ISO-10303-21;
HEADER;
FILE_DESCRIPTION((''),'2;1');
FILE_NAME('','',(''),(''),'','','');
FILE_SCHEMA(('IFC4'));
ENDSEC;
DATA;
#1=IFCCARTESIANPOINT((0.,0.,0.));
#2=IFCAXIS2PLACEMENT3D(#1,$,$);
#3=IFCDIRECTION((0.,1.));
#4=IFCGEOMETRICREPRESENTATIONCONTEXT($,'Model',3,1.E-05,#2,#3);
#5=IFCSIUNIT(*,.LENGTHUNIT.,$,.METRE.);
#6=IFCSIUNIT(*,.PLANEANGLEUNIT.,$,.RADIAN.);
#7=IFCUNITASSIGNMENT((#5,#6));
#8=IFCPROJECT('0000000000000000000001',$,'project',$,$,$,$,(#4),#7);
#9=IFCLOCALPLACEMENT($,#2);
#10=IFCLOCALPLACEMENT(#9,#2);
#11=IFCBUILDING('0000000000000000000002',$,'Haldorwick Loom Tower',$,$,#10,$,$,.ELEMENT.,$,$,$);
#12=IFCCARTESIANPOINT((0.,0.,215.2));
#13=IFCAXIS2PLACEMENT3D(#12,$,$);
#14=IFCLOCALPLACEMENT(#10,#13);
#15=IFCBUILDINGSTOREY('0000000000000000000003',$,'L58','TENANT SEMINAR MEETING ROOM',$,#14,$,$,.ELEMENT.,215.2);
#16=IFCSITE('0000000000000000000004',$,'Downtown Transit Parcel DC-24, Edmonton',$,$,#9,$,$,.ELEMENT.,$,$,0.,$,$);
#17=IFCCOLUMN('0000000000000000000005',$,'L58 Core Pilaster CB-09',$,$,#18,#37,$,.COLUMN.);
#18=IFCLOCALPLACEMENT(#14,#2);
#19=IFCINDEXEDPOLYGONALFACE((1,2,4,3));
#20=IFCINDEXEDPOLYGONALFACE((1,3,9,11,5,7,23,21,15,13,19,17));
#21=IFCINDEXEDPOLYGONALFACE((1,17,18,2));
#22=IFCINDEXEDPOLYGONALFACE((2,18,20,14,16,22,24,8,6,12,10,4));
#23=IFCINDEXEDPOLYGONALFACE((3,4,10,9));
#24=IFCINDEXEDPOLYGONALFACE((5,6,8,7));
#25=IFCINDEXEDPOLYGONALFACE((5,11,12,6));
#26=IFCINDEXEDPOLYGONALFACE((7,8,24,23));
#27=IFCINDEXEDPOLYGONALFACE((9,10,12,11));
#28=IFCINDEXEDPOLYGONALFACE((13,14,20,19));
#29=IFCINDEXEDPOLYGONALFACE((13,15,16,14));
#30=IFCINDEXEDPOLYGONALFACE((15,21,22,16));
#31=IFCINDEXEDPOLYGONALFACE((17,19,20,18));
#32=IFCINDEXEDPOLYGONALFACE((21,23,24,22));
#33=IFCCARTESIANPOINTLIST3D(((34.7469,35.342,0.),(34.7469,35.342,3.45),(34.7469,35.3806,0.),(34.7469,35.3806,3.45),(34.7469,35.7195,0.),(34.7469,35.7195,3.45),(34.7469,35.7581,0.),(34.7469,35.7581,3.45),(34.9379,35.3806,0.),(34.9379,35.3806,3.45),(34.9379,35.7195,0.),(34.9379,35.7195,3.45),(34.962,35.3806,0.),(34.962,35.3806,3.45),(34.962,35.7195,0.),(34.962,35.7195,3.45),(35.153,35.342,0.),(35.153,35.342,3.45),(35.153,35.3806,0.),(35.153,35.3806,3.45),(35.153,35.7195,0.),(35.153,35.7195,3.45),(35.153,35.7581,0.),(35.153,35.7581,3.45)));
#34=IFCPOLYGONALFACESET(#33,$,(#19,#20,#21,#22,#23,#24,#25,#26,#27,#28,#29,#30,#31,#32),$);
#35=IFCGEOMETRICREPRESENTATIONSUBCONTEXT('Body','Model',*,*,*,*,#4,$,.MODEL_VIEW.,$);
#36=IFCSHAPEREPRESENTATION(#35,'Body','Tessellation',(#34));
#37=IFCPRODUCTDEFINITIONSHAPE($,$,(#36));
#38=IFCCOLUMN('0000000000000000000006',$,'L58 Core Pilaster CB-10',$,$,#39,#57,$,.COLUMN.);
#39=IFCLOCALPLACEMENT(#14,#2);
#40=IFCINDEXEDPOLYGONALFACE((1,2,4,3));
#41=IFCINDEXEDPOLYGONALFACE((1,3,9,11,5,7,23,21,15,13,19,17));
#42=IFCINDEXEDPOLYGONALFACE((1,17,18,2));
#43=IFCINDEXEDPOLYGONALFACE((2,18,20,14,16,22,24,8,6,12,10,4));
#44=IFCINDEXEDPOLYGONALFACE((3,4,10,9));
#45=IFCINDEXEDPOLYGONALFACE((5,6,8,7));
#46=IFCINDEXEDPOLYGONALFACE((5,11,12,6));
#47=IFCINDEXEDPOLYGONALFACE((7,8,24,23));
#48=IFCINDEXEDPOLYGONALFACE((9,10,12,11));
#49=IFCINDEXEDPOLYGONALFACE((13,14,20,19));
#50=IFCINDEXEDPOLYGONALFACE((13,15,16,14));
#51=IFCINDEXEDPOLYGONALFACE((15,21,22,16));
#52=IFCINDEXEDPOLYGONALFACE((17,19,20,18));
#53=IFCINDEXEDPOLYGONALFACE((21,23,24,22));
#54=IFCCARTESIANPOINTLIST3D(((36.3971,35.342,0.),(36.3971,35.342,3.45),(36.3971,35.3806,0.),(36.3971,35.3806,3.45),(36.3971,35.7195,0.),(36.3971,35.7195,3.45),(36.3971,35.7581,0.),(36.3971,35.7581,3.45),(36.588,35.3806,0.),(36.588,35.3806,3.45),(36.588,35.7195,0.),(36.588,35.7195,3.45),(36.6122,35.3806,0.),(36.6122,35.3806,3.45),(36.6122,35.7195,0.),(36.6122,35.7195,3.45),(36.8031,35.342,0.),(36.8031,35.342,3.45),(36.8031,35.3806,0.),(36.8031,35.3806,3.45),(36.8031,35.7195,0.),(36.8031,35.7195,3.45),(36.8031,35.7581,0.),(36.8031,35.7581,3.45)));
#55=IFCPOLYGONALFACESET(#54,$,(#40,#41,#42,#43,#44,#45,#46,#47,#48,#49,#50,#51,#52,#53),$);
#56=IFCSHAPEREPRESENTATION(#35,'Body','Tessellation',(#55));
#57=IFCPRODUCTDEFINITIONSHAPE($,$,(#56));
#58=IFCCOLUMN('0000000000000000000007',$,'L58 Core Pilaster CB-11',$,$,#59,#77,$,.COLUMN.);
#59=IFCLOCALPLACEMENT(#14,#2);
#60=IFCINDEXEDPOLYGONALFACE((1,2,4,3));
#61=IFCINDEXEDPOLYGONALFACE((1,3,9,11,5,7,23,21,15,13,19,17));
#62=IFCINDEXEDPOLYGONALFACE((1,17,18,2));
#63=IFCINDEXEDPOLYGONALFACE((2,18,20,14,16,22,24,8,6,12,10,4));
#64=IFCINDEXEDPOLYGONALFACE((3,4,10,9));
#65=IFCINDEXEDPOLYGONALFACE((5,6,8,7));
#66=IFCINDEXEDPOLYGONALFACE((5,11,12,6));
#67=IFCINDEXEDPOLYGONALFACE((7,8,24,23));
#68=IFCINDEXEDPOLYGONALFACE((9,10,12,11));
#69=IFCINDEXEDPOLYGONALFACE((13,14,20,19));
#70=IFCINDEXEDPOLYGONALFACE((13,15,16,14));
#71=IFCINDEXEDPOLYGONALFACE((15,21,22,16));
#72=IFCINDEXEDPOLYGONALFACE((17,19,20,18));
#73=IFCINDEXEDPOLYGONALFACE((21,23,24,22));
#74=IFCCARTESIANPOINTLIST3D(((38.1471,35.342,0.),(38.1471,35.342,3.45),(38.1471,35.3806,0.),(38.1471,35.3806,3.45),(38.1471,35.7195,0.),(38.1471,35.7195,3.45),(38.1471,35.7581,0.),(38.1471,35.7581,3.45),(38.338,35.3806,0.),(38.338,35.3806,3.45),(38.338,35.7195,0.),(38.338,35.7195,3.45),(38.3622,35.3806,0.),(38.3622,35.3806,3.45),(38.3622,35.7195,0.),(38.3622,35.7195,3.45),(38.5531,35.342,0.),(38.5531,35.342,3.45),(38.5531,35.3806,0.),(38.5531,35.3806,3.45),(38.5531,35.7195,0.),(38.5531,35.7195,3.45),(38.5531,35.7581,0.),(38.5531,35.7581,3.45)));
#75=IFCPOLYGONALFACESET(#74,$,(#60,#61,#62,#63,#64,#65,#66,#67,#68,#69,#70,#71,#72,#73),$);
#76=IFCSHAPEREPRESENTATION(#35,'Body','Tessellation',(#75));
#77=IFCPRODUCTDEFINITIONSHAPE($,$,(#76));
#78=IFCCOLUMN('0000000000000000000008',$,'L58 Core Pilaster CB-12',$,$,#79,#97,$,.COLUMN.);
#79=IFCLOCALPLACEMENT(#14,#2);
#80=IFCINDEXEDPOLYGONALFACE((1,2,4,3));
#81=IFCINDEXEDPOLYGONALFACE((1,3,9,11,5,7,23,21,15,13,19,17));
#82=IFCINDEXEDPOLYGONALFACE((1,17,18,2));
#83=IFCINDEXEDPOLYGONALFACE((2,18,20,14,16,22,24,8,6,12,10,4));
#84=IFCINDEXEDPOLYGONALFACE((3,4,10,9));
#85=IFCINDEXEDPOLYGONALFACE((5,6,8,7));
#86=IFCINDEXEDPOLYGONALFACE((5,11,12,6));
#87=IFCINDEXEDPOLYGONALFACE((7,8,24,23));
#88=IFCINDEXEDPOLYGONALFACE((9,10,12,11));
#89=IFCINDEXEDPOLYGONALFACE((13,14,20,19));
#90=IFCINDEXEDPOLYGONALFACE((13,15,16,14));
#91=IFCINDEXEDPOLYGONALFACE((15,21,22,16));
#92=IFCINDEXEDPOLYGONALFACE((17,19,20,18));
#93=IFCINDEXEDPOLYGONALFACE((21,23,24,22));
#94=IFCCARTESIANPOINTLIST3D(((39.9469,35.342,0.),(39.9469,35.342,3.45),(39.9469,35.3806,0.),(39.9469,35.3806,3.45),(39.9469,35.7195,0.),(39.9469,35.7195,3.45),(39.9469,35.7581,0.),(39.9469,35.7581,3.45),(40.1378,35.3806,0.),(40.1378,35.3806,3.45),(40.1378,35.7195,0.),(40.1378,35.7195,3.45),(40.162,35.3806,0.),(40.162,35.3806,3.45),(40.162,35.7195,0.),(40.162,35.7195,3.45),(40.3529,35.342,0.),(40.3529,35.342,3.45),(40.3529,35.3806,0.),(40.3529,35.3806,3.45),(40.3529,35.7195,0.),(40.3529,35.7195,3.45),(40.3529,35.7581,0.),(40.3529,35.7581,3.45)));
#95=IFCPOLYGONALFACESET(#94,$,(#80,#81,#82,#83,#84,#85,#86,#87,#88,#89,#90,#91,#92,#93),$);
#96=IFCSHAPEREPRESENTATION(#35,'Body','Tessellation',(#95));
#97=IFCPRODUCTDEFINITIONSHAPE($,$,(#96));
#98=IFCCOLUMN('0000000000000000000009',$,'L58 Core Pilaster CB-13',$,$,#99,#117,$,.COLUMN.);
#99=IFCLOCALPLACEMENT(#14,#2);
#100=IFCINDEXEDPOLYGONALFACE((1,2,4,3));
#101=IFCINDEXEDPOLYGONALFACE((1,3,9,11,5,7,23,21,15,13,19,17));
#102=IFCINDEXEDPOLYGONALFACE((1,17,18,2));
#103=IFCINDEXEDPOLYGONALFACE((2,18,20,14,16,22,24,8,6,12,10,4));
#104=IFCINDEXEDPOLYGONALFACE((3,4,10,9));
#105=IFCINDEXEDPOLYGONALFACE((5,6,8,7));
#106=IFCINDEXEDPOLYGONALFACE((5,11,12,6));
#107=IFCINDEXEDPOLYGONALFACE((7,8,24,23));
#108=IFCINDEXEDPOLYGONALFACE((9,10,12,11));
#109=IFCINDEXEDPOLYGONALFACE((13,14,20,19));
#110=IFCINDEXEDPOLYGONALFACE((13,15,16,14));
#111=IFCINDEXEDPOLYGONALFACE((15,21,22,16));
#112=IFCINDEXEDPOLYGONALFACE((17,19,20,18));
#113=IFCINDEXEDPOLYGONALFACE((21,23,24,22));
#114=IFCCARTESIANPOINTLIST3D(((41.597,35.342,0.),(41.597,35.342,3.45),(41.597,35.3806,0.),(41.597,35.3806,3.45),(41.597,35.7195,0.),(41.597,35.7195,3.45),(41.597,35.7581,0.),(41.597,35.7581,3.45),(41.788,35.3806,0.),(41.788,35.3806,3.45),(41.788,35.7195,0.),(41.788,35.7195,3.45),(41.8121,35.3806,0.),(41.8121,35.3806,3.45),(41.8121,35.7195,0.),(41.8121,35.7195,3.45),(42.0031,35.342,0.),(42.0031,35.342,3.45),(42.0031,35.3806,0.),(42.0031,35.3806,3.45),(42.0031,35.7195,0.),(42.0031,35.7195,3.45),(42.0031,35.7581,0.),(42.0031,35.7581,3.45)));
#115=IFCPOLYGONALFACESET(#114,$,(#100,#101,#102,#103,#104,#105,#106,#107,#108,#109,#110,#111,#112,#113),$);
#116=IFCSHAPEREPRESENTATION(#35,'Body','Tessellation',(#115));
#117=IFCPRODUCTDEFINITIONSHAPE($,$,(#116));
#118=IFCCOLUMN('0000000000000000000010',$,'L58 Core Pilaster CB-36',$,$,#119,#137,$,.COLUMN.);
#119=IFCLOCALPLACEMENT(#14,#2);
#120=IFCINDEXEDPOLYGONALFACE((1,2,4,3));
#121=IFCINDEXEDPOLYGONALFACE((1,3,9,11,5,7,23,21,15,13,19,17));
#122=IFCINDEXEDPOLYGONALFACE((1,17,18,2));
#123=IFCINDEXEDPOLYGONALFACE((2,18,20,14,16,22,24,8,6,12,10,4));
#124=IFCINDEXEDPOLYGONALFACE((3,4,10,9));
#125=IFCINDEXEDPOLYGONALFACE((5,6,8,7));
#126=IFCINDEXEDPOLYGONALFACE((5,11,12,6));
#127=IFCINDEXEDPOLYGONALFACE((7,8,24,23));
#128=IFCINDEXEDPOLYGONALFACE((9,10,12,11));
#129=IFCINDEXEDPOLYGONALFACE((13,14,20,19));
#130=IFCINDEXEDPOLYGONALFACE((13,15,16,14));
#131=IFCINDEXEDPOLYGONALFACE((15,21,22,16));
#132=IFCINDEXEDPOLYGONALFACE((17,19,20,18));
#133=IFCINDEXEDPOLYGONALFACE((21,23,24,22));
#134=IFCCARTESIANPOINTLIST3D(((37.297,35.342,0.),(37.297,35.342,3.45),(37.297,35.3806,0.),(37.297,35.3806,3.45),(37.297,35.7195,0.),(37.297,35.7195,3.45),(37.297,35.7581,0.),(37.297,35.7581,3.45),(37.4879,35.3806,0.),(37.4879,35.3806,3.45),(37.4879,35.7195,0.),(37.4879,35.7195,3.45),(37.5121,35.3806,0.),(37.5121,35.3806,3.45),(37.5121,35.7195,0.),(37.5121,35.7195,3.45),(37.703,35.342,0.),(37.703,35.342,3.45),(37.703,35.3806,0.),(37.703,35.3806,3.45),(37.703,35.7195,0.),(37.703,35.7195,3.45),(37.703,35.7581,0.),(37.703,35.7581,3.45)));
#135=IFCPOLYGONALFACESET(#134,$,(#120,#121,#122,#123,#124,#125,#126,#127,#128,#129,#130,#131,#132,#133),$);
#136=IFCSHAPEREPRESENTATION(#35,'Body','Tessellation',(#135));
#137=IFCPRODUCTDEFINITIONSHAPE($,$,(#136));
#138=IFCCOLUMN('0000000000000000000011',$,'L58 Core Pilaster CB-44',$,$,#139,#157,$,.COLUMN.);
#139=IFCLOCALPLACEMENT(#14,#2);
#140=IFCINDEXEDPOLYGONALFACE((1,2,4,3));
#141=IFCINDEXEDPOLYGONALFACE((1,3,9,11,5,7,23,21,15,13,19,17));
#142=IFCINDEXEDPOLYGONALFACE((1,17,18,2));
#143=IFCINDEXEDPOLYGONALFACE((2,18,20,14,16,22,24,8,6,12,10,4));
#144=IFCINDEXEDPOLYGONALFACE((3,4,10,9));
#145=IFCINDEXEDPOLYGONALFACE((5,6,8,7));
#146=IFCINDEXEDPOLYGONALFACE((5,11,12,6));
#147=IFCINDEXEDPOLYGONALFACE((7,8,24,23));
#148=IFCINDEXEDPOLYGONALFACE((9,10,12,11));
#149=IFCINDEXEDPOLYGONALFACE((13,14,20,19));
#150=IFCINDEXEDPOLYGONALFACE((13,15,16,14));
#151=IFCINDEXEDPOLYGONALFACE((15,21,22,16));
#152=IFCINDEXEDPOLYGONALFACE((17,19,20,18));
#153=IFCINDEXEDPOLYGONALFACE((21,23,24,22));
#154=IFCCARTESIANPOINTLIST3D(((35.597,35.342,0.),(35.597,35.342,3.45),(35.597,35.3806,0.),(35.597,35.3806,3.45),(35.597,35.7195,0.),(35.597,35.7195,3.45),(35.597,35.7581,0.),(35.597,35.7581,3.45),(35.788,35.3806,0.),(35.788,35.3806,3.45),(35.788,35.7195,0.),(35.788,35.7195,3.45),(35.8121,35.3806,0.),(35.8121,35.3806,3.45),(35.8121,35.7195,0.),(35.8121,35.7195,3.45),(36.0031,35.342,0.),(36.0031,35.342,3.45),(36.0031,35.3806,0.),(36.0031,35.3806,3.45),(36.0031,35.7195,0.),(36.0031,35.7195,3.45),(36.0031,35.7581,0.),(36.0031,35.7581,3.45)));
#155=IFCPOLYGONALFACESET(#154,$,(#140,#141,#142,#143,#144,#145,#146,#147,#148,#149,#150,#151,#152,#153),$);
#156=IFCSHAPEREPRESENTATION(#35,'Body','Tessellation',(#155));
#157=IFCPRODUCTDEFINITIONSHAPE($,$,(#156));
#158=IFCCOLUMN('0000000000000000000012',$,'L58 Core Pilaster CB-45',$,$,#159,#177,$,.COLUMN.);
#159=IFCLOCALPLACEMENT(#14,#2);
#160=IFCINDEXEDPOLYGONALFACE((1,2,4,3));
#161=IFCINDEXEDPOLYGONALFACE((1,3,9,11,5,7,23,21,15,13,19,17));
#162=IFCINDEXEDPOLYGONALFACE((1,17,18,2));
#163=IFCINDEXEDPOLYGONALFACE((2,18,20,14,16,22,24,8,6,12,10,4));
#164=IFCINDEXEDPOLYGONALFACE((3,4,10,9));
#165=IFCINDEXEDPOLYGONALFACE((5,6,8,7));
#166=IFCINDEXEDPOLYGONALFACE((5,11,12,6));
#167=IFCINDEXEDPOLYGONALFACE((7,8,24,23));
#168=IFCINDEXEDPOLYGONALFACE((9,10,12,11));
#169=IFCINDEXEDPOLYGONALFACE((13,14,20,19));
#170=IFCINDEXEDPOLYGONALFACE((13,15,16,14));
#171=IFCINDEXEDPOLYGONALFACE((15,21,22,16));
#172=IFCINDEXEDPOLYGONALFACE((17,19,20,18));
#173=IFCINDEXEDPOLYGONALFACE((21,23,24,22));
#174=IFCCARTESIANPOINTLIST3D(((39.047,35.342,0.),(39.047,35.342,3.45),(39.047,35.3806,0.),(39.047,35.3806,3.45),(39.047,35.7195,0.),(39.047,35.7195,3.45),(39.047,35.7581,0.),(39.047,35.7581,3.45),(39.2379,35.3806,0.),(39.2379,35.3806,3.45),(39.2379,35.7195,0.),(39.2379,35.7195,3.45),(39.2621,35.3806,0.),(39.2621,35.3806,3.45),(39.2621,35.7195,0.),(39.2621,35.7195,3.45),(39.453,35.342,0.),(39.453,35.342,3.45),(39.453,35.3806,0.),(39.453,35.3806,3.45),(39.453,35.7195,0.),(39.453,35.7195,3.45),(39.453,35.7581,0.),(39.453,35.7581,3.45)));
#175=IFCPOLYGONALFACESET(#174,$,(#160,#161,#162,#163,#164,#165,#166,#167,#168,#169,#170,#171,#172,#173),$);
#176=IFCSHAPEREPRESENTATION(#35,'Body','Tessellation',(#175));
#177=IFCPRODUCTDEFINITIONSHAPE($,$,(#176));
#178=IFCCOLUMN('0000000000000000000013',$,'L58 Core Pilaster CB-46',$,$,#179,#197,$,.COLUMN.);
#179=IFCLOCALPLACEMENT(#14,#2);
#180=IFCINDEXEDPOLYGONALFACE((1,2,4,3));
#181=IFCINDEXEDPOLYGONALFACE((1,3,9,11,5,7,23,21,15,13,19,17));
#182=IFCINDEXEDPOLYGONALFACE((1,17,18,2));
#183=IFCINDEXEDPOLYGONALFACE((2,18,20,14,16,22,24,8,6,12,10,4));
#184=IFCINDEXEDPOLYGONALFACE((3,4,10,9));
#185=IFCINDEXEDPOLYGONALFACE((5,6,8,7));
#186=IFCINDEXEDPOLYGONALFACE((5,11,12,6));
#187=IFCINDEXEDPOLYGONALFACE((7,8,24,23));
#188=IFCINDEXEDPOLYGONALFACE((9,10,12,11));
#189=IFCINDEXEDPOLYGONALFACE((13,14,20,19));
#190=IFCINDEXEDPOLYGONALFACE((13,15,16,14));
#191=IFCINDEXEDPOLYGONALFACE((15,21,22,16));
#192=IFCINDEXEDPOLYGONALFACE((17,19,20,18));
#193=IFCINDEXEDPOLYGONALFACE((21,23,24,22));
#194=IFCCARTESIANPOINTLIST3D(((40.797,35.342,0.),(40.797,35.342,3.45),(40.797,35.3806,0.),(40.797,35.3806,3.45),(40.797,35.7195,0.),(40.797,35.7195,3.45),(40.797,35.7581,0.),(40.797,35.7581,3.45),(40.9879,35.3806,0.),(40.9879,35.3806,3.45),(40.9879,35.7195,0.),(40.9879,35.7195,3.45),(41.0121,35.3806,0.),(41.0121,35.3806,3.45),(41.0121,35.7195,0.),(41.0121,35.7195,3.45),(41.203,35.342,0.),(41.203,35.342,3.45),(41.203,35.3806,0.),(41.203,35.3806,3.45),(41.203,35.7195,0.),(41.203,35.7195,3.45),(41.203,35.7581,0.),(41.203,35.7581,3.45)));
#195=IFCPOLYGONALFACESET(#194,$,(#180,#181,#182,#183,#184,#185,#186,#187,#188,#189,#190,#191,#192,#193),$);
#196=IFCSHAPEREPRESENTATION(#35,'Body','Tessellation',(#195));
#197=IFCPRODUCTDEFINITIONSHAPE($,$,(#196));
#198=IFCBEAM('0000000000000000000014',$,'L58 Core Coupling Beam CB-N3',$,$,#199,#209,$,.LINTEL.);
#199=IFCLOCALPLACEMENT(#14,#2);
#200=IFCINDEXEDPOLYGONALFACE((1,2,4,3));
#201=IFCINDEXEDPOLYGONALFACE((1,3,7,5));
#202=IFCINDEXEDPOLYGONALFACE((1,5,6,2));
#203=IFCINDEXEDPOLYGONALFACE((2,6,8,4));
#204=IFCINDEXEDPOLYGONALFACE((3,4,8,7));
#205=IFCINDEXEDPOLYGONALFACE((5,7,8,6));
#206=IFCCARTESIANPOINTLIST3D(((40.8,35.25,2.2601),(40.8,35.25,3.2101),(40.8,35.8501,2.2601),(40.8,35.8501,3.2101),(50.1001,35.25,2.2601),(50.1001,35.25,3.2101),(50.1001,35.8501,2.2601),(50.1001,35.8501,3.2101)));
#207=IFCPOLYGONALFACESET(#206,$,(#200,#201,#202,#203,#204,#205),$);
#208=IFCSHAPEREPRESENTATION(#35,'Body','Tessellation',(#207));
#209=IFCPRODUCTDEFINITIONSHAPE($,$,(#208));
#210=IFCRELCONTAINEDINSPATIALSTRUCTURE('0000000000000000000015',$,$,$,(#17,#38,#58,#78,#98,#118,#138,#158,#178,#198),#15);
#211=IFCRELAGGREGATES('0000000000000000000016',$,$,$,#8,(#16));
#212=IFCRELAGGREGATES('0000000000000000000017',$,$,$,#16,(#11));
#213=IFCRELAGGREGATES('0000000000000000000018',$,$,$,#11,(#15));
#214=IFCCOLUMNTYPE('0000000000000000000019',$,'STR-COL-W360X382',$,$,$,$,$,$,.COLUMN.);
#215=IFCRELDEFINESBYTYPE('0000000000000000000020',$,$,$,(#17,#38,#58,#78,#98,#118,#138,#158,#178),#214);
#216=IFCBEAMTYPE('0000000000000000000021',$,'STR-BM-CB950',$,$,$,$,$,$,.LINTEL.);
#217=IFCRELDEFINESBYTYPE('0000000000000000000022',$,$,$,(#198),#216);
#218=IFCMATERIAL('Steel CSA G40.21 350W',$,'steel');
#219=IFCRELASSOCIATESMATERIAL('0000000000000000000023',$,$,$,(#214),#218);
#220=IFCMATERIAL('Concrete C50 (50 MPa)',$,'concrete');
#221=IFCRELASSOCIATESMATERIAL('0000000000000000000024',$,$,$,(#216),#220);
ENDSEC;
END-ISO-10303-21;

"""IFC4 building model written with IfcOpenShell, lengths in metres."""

from ifc_helpers import new_model, si_unit, direction, frame, origin, origin_2d, place, context, subcontext, project, spatial, rectangle, i_section, extrude, material, material_profile, profile_set, type_object, element, save


model = new_model("IFC4")

# Units and contexts
model_context = context("Model", 3, precision=1e-05, world=origin(), true_north=direction((0.0, 1.0)))
body_context = subcontext(model_context, "Body", "Model", "MODEL_VIEW")
ifc_project = project(units=[si_unit("LENGTHUNIT", "METRE"), si_unit("PLANEANGLEUNIT", "RADIAN")], contexts=[model_context])

# Site, building, storey
site_placement = place(None, origin())
site = spatial("IfcSite", under=ifc_project, at=site_placement, Name="Downtown Transit Parcel DC-24, Edmonton", CompositionType="ELEMENT", RefElevation=0.0)
building_placement = place(site_placement, origin())
building = spatial("IfcBuilding", under=site, at=building_placement, Name="Haldorwick Loom Tower", CompositionType="ELEMENT")
storey_placement = place(building_placement, frame((0.0, 0.0, 215.2)))
storey = spatial("IfcBuildingStorey", under=building, at=storey_placement, Name="L58", Description="TENANT SEMINAR MEETING ROOM", CompositionType="ELEMENT", Elevation=215.2)

# Columns
ifc_material_1 = material(Name="Steel CSA G40.21 350W", Category="steel")
ifc_material_profile_1 = material_profile(ifc_material_1, i_section(OverallWidth=0.406, OverallDepth=0.416, WebThickness=0.0242, FlangeThickness=0.0386, at=origin_2d()), Name="W360X382", Category="steel")
ifc_profile_set_1 = profile_set([ifc_material_profile_1], Name="Steel CSA G40.21 350W")
column_type = type_object("IfcColumnType", Name="STR-COL-W360X382", PredefinedType="COLUMN", material=ifc_profile_set_1)
for number, where, z_axis, x_axis, name in (
    (1, (34.95, 35.55, 0.0), (0.0, 0.0, 1.0), (1.0, 0.0, 0.0), "L58 Core Pilaster CB-09"),
    (2, (36.6001, 35.55, 0.0), (0.0, 0.0, 1.0), (1.0, 0.0, 0.0), "L58 Core Pilaster CB-10"),
    (3, (38.3501, 35.55, 0.0), (0.0, 0.0, 1.0), (1.0, 0.0, 0.0), "L58 Core Pilaster CB-11"),
    (4, (40.1499, 35.55, 0.0), (0.0, 0.0, 1.0), (1.0, 0.0, 0.0), "L58 Core Pilaster CB-12"),
    (5, (41.8, 35.55, 0.0), (0.0, 0.0, 1.0), (1.0, 0.0, 0.0), "L58 Core Pilaster CB-13"),
    (6, (37.5, 35.55, 0.0), (0.0, 0.0, 1.0), (1.0, 0.0, 0.0), "L58 Core Pilaster CB-36"),
    (7, (35.8, 35.55, 0.0), (0.0, 0.0, 1.0), (1.0, 0.0, 0.0), "L58 Core Pilaster CB-44"),
    (8, (39.25, 35.55, 0.0), (0.0, 0.0, 1.0), (1.0, 0.0, 0.0), "L58 Core Pilaster CB-45"),
    (9, (41.0, 35.55, 0.0), (0.0, 0.0, 1.0), (1.0, 0.0, 0.0), "L58 Core Pilaster CB-46"),
):
    element("IfcColumn", number, at=place(storey_placement, frame(where, z_axis=z_axis, x_axis=x_axis)), inside=storey, type_object=column_type, Name=name, PredefinedType="COLUMN", context=body_context, shape_type="SweptSolid", body=[
        extrude(i_section(OverallWidth=0.406, OverallDepth=0.416, WebThickness=0.0242, FlangeThickness=0.0386, at=origin_2d()), origin(), (0.0, 0.0, 1.0), 3.45),
    ])

# Beam
ifc_material_2 = material(Name="Concrete C50 (50 MPa)", Category="concrete")
ifc_material_profile_2 = material_profile(ifc_material_2, rectangle(XDim=0.6001, YDim=0.95, at=origin_2d()), Name="RC600X950", Category="concrete")
ifc_profile_set_2 = profile_set([ifc_material_profile_2], Name="Concrete C50 (50 MPa)")
beam_type_1 = type_object("IfcBeamType", Name="STR-BM-CB950", PredefinedType="LINTEL", material=ifc_profile_set_2)
beam_1_placement = place(storey_placement, frame((40.8, 35.55, 2.7351), z_axis=(1.0, 0.0, 0.0), x_axis=(0.0, 1.0, 0.0)))
element("IfcBeam", 10, at=beam_1_placement, inside=storey, type_object=beam_type_1, Name="L58 Core Coupling Beam CB-N3", PredefinedType="LINTEL", context=body_context, shape_type="SweptSolid", body=[
    extrude(rectangle(XDim=0.6001, YDim=0.95, at=origin_2d()), origin(), (0.0, 0.0, 1.0), 9.3),
])

save(model, "model.ifc")
